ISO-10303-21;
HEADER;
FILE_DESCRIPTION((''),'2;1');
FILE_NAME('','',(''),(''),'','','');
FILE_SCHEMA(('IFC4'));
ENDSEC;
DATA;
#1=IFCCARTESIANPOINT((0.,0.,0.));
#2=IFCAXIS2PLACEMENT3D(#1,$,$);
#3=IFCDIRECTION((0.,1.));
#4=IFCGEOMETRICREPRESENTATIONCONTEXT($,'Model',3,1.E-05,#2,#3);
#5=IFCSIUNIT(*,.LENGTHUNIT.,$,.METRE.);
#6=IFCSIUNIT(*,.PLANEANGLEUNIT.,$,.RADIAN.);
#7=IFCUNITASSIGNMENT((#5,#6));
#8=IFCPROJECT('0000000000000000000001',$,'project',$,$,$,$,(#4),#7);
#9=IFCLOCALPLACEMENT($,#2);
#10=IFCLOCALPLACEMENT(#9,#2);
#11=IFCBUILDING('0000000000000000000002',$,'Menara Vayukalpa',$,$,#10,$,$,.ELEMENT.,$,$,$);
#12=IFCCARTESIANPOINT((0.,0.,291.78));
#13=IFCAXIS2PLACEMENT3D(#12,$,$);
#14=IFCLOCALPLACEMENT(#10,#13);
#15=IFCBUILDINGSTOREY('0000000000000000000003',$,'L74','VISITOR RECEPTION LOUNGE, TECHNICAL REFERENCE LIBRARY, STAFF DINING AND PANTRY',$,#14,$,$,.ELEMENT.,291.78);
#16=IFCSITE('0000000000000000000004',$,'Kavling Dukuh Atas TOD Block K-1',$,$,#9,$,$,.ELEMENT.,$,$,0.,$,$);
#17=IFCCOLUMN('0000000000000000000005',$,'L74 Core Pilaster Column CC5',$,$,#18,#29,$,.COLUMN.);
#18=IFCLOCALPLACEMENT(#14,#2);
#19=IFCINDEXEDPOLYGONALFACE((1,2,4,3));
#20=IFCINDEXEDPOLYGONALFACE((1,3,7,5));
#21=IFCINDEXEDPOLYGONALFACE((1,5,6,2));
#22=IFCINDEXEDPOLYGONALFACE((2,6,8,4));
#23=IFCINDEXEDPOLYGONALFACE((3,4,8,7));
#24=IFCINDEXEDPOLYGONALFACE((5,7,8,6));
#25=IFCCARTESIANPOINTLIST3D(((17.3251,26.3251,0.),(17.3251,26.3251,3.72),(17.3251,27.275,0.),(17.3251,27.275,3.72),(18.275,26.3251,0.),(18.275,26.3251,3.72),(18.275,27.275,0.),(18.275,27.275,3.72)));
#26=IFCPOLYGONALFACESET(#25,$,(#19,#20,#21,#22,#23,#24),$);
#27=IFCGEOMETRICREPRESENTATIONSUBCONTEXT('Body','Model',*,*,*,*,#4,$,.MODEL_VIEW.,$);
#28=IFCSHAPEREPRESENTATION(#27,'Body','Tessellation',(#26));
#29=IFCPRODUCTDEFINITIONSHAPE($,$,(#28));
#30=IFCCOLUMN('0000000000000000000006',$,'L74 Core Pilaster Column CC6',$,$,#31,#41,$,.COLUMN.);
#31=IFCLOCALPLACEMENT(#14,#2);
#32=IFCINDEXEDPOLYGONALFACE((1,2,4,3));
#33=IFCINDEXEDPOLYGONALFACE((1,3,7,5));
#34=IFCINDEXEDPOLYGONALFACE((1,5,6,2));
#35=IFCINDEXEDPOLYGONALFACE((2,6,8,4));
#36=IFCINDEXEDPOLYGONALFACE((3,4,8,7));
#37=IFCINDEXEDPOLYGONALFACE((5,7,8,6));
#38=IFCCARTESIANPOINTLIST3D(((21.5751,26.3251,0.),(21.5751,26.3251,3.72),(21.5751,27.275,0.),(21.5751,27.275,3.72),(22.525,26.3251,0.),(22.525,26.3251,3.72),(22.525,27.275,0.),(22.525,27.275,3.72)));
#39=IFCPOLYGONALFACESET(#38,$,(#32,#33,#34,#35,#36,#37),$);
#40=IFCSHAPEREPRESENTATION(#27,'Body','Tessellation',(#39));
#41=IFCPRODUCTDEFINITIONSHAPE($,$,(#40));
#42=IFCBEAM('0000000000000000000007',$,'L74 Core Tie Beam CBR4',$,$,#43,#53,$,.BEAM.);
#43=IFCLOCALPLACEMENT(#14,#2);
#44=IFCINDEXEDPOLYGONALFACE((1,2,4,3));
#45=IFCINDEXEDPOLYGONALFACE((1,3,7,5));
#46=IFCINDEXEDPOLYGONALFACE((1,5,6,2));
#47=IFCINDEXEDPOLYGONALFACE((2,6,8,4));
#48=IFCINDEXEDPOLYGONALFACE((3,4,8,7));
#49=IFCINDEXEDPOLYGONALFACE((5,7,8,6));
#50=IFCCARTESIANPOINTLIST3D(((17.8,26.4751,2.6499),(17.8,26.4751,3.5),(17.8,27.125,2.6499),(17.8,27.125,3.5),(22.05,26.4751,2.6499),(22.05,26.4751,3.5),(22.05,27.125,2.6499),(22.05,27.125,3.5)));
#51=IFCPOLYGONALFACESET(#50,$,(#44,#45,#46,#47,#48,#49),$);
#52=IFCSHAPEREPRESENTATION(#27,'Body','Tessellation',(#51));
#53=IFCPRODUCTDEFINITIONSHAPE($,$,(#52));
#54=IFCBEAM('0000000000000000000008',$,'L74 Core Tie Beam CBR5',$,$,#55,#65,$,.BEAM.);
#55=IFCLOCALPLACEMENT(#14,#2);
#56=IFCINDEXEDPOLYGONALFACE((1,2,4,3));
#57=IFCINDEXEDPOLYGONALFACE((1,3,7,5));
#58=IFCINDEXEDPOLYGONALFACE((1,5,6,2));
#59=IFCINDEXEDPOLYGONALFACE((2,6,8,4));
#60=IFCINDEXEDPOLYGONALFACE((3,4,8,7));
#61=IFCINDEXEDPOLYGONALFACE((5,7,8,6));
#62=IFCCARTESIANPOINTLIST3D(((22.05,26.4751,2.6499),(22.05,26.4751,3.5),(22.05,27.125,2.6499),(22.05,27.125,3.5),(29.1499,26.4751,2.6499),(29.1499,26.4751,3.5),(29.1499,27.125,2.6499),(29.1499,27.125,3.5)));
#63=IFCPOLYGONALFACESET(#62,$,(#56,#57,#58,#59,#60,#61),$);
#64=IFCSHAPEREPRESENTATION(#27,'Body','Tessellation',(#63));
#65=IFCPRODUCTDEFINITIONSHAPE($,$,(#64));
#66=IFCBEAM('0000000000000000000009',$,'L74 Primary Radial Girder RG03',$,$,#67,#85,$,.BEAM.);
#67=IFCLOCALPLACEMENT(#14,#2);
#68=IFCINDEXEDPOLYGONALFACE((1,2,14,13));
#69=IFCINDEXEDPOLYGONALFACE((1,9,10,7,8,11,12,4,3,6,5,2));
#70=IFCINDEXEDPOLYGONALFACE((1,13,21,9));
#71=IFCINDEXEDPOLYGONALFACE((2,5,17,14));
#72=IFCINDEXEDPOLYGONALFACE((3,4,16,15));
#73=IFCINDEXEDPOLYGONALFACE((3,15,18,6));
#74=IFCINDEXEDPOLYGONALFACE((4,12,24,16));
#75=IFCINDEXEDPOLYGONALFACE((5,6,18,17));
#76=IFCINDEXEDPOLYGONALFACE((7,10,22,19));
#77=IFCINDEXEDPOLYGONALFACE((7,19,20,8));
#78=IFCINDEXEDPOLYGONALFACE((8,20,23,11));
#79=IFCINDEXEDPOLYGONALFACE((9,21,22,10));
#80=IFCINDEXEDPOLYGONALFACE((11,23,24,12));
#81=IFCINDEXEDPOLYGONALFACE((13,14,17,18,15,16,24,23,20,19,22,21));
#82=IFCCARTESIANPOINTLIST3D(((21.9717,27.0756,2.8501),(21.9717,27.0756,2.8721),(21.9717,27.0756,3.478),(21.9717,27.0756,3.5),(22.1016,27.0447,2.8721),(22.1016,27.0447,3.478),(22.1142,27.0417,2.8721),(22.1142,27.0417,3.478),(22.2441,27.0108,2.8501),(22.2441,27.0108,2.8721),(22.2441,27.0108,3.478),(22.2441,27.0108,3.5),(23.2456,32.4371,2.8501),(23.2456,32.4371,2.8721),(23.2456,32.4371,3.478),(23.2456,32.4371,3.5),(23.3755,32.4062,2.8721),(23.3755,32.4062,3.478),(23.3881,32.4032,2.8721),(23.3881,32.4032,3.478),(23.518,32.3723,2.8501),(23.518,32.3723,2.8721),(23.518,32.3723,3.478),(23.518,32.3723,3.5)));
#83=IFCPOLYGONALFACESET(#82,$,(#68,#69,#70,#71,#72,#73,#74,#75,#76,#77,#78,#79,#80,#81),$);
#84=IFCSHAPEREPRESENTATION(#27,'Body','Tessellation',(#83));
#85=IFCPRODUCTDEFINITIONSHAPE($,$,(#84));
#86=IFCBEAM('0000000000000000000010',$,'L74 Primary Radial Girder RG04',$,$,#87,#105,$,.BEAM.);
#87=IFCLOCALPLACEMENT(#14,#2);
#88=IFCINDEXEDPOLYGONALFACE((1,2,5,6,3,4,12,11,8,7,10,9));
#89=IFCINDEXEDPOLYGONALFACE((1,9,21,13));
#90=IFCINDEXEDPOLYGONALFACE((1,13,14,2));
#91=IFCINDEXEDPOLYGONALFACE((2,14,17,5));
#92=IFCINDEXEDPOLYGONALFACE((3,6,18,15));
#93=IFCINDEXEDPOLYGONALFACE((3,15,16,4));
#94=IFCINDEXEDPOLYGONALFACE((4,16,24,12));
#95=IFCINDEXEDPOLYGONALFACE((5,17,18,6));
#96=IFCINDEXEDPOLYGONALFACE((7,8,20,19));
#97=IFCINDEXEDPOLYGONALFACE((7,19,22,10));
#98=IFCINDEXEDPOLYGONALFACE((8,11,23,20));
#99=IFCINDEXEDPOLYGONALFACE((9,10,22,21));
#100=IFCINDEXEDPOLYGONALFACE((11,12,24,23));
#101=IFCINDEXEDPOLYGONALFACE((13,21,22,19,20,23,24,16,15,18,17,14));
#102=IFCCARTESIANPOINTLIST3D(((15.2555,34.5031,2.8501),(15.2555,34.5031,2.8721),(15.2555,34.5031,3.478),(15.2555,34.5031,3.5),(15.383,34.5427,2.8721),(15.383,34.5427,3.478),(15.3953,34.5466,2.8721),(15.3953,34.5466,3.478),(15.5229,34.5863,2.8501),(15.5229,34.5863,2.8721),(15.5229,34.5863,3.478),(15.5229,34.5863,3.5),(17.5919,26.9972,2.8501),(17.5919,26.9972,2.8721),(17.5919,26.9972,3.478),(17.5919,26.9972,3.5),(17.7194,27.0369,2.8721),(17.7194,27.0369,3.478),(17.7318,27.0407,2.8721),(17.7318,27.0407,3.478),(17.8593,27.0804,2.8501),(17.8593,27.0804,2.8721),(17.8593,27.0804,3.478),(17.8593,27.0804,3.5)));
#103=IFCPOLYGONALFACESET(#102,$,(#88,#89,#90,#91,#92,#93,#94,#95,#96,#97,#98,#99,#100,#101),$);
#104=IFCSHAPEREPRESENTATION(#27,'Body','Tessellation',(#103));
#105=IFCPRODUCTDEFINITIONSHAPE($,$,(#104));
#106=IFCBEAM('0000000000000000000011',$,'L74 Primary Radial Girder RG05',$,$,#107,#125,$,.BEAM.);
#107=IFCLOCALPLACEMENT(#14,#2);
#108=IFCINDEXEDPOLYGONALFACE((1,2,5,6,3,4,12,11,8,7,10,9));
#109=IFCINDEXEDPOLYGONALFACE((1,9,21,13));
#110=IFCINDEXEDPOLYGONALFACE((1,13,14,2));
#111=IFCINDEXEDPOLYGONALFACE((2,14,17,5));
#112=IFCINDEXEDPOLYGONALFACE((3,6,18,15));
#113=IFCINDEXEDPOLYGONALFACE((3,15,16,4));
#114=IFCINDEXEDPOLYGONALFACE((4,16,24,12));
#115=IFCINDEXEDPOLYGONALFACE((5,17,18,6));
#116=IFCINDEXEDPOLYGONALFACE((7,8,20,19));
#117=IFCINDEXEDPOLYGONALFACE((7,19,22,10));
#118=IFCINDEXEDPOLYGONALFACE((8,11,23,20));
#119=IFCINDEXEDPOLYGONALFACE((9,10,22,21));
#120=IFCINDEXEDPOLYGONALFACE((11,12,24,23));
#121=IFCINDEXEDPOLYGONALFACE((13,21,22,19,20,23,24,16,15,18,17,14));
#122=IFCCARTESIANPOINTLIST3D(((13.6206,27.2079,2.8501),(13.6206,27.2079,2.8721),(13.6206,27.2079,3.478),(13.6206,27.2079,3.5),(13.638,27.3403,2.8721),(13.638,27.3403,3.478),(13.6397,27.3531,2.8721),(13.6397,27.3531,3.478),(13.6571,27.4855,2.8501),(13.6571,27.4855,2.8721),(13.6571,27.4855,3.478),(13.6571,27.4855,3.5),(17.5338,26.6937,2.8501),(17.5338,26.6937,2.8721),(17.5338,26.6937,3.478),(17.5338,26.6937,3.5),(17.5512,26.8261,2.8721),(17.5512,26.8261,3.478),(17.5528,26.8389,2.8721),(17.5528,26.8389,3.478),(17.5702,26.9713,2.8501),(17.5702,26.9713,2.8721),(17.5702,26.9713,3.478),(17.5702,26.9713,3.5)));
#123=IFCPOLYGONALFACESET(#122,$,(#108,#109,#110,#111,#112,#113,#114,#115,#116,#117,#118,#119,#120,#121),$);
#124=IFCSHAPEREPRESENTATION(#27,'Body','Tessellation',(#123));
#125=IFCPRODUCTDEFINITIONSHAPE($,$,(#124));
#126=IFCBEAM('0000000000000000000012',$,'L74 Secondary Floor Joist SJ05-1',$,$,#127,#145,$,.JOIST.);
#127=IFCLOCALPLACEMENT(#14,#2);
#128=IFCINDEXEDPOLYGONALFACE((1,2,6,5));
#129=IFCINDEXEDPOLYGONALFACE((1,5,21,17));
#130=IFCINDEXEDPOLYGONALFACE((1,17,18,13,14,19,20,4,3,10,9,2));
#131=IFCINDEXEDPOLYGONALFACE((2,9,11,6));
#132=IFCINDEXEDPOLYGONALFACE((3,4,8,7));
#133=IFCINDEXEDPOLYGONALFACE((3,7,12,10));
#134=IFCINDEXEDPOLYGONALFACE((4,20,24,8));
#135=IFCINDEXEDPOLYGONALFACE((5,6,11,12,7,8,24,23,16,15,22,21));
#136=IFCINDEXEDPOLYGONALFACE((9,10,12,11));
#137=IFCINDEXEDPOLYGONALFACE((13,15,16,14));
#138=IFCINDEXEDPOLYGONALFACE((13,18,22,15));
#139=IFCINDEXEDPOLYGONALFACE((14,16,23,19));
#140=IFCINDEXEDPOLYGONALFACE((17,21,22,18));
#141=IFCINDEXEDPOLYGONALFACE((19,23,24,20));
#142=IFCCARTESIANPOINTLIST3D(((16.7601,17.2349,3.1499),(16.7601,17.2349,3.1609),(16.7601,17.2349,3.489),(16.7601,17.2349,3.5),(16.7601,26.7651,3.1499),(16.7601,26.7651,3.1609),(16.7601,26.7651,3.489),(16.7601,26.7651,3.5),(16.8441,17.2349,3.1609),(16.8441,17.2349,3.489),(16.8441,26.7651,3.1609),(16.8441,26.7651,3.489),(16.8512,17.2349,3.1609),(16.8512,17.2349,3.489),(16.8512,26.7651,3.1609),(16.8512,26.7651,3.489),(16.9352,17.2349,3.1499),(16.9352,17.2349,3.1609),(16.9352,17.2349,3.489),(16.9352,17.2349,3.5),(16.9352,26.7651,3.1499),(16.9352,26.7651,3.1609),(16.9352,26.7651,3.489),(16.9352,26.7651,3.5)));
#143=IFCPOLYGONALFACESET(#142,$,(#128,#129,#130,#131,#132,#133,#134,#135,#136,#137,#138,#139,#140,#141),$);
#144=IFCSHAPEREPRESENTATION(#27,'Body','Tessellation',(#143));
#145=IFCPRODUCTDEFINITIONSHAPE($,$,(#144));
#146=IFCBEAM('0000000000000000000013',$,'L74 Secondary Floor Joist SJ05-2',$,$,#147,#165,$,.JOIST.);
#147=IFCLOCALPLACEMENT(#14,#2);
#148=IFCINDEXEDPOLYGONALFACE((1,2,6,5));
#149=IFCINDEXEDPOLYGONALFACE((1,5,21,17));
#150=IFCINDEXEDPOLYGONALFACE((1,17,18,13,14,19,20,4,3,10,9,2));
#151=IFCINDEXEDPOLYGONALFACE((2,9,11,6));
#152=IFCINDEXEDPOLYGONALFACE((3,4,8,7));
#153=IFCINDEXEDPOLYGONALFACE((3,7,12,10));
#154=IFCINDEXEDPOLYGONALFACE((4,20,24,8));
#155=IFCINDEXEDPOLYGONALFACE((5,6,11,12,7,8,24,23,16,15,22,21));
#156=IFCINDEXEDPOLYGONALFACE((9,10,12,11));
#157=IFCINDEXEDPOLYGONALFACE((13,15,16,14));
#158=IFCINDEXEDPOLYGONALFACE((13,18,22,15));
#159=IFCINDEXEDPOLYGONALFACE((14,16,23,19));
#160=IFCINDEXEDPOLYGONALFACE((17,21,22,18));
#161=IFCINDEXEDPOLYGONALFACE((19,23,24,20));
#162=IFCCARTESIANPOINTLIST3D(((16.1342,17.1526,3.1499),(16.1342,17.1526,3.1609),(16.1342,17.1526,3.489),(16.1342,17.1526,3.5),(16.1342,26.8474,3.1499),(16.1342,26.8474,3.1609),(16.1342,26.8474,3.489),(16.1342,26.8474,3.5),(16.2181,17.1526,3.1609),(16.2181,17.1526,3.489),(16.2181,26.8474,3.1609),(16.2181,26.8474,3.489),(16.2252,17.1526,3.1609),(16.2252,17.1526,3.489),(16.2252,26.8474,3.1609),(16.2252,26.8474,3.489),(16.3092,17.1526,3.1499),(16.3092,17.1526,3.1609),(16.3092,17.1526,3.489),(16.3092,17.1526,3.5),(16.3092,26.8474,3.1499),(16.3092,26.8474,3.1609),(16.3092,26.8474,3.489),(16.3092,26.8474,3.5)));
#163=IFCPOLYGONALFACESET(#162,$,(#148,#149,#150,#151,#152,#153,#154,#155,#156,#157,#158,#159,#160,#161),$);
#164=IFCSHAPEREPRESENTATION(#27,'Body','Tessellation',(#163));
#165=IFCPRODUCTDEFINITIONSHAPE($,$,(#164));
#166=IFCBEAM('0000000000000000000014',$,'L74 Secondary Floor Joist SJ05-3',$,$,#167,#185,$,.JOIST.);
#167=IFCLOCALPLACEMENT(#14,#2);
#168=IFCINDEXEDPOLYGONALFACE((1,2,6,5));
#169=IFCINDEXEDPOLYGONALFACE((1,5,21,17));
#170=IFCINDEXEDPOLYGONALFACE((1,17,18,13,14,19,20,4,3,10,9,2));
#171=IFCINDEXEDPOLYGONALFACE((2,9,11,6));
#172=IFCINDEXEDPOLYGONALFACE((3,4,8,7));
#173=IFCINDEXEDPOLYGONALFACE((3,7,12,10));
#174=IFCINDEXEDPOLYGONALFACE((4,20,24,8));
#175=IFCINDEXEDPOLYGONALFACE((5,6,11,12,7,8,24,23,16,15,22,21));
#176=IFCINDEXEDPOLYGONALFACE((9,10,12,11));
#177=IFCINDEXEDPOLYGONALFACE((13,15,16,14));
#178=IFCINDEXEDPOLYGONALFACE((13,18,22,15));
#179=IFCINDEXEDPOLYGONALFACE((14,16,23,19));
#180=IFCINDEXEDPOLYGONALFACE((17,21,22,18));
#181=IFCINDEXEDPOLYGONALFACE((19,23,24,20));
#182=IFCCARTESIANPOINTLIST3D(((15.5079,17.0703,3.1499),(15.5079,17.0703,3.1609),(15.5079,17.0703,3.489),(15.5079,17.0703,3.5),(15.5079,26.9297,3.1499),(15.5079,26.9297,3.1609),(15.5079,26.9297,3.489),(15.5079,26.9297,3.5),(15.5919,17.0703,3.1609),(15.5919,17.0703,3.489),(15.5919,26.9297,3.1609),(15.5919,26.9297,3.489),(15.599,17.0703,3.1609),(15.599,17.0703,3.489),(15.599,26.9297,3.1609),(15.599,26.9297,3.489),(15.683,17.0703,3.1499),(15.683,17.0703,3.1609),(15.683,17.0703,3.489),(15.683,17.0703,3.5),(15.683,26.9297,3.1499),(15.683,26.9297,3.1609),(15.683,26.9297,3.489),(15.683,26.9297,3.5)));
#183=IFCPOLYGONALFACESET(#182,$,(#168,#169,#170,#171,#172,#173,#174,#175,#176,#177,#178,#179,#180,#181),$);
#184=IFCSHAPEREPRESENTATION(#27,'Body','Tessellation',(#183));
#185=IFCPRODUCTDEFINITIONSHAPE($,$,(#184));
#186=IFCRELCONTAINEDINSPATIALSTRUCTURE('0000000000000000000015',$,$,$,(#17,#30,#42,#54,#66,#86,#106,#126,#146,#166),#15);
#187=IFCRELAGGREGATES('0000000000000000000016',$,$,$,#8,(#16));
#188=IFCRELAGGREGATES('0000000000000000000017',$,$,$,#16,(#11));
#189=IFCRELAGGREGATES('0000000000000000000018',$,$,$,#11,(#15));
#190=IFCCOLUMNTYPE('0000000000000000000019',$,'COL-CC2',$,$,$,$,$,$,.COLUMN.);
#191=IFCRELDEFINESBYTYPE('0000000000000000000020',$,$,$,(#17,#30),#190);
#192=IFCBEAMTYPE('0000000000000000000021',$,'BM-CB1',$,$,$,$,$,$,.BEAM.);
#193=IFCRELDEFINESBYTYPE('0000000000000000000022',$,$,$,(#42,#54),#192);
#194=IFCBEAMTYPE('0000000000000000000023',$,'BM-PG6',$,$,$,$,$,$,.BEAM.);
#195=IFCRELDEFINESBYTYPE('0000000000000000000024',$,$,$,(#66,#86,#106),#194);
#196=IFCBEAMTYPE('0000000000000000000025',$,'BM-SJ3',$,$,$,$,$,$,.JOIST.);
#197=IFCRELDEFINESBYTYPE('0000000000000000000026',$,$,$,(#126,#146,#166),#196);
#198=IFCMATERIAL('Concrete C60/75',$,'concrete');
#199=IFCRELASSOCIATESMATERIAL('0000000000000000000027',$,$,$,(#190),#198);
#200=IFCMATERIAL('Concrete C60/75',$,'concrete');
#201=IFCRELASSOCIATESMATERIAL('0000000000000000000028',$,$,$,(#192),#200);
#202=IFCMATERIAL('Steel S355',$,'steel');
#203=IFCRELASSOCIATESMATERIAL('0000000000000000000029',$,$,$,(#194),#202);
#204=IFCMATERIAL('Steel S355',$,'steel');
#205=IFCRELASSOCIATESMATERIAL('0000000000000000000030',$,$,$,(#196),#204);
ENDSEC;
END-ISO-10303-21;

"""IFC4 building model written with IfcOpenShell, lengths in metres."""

from ifc_helpers import new_model, si_unit, direction, frame, origin, origin_2d, place, context, subcontext, project, spatial, rectangle, i_section, extrude, material, material_profile, profile_set, type_object, element, save


model = new_model("IFC4")

# Units and contexts
model_context = context("Model", 3, precision=1e-05, world=origin(), true_north=direction((0.0, 1.0)))
body_context = subcontext(model_context, "Body", "Model", "MODEL_VIEW")
ifc_project = project(units=[si_unit("LENGTHUNIT", "METRE"), si_unit("PLANEANGLEUNIT", "RADIAN")], contexts=[model_context])

# Site, building, storey
site_placement = place(None, origin())
site = spatial("IfcSite", under=ifc_project, at=site_placement, Name="Kavling Dukuh Atas TOD Block K-1", CompositionType="ELEMENT", RefElevation=0.0)
building_placement = place(site_placement, origin())
building = spatial("IfcBuilding", under=site, at=building_placement, Name="Menara Vayukalpa", CompositionType="ELEMENT")
storey_placement = place(building_placement, frame((0.0, 0.0, 291.78)))
storey = spatial("IfcBuildingStorey", under=building, at=storey_placement, Name="L74", Description="VISITOR RECEPTION LOUNGE, TECHNICAL REFERENCE LIBRARY, STAFF DINING AND PANTRY", CompositionType="ELEMENT", Elevation=291.78)

# Columns
ifc_material_1 = material(Name="Concrete C60/75", Category="concrete")
ifc_material_profile_1 = material_profile(ifc_material_1, rectangle(XDim=0.95, YDim=0.95, at=origin_2d()), Name="RC 950x950")
ifc_profile_set_1 = profile_set([ifc_material_profile_1], Name="Concrete C60/75")
column_type = type_object("IfcColumnType", Name="COL-CC2", PredefinedType="COLUMN", material=ifc_profile_set_1)
for number, where, z_axis, x_axis, name in (
    (1, (17.8, 26.8, 0.0), (0.0, 0.0, 1.0), (1.0, 0.0, 0.0), "L74 Core Pilaster Column CC5"),
    (2, (22.05, 26.8, 0.0), (0.0, 0.0, 1.0), (1.0, 0.0, 0.0), "L74 Core Pilaster Column CC6"),
):
    element("IfcColumn", number, at=place(storey_placement, frame(where, z_axis=z_axis, x_axis=x_axis)), inside=storey, type_object=column_type, Name=name, PredefinedType="COLUMN", context=body_context, shape_type="SweptSolid", body=[
        extrude(rectangle(XDim=0.95, YDim=0.95, at=origin_2d()), origin(), (0.0, 0.0, 1.0), 3.72),
    ])

# Beams
ifc_material_2 = material(Name="Concrete C60/75", Category="concrete")
ifc_material_profile_2 = material_profile(ifc_material_2, rectangle(XDim=0.6499, YDim=0.8501, at=origin_2d()), Name="RC 650x850")
ifc_profile_set_2 = profile_set([ifc_material_profile_2], Name="Concrete C60/75")
beam_type_1 = type_object("IfcBeamType", Name="BM-CB1", PredefinedType="BEAM", material=ifc_profile_set_2)
beam_1_placement = place(storey_placement, frame((17.8, 26.8, 3.075), z_axis=(1.0, 0.0, 0.0), x_axis=(0.0, 1.0, 0.0)))
element("IfcBeam", 3, at=beam_1_placement, inside=storey, type_object=beam_type_1, Name="L74 Core Tie Beam CBR4", PredefinedType="BEAM", context=body_context, shape_type="SweptSolid", body=[
    extrude(rectangle(XDim=0.6499, YDim=0.8501, at=origin_2d()), origin(), (0.0, 0.0, 1.0), 4.25),
])
beam_2_placement = place(storey_placement, frame((22.05, 26.8, 3.075), z_axis=(1.0, 0.0, 0.0), x_axis=(0.0, 1.0, 0.0)))
element("IfcBeam", 4, at=beam_2_placement, inside=storey, type_object=beam_type_1, Name="L74 Core Tie Beam CBR5", PredefinedType="BEAM", context=body_context, shape_type="SweptSolid", body=[
    extrude(rectangle(XDim=0.6499, YDim=0.8501, at=origin_2d()), origin(), (0.0, 0.0, 1.0), 7.0999),
])
ifc_material_3 = material(Name="Steel S355", Category="steel")
ifc_material_profile_3 = material_profile(ifc_material_3, i_section(OverallWidth=0.28, OverallDepth=0.6499, WebThickness=0.0129, FlangeThickness=0.022, at=origin_2d()), Name="WF 650x280x13x22")
ifc_profile_set_3 = profile_set([ifc_material_profile_3], Name="Steel S355")
beam_type_2 = type_object("IfcBeamType", Name="BM-PG6", PredefinedType="BEAM", material=ifc_profile_set_3)
beam_3_placement = place(storey_placement, frame((22.1079, 27.0432, 3.175), z_axis=(0.231167, 0.972914, 0.0), x_axis=(-0.972914, 0.231167, 0.0)))
element("IfcBeam", 5, at=beam_3_placement, inside=storey, type_object=beam_type_2, Name="L74 Primary Radial Girder RG03", PredefinedType="BEAM", context=body_context, shape_type="SweptSolid", body=[
    extrude(i_section(OverallWidth=0.28, OverallDepth=0.6499, WebThickness=0.0129, FlangeThickness=0.022, at=origin_2d()), origin(), (0.0, 0.0, 1.0), 5.5107),
])
beam_4_placement = place(storey_placement, frame((17.7256, 27.0388, 3.175), z_axis=(-0.297214, 0.954811, 0.0), x_axis=(-0.954811, -0.297214, 0.0)))
element("IfcBeam", 6, at=beam_4_placement, inside=storey, type_object=beam_type_2, Name="L74 Primary Radial Girder RG04", PredefinedType="BEAM", context=body_context, shape_type="SweptSolid", body=[
    extrude(i_section(OverallWidth=0.28, OverallDepth=0.6499, WebThickness=0.0129, FlangeThickness=0.022, at=origin_2d()), origin(), (0.0, 0.0, 1.0), 7.8611),
])
beam_5_placement = place(storey_placement, frame((17.552, 26.8325, 3.175), z_axis=(-0.991478, 0.130275, 0.0), x_axis=(-0.130275, -0.991478, 0.0)))
element("IfcBeam", 7, at=beam_5_placement, inside=storey, type_object=beam_type_2, Name="L74 Primary Radial Girder RG05", PredefinedType="BEAM", context=body_context, shape_type="SweptSolid", body=[
    extrude(i_section(OverallWidth=0.28, OverallDepth=0.6499, WebThickness=0.0129, FlangeThickness=0.022, at=origin_2d()), origin(), (0.0, 0.0, 1.0), 3.9468),
])
ifc_material_4 = material(Name="Steel S355", Category="steel")
ifc_material_profile_4 = material_profile(ifc_material_4, i_section(OverallWidth=0.175, OverallDepth=0.3501, WebThickness=0.0071, FlangeThickness=0.011, at=origin_2d()), Name="WF 350x175x7x11")
ifc_profile_set_4 = profile_set([ifc_material_profile_4], Name="Steel S355")
beam_type_3 = type_object("IfcBeamType", Name="BM-SJ3", PredefinedType="JOIST", material=ifc_profile_set_4)
beam_6_placement = place(storey_placement, frame((16.8477, 26.7651, 3.325), z_axis=(0.0, -1.0, 0.0), x_axis=(1.0, 0.0, 0.0)))
element("IfcBeam", 8, at=beam_6_placement, inside=storey, type_object=beam_type_3, Name="L74 Secondary Floor Joist SJ05-1", PredefinedType="JOIST", context=body_context, shape_type="SweptSolid", body=[
    extrude(i_section(OverallWidth=0.175, OverallDepth=0.3501, WebThickness=0.0071, FlangeThickness=0.011, at=origin_2d()), origin(), (0.0, 0.0, 1.0), 9.5303),
])
beam_7_placement = place(storey_placement, frame((16.2217, 26.8474, 3.325), z_axis=(0.0, -1.0, 0.0), x_axis=(1.0, 0.0, 0.0)))
element("IfcBeam", 9, at=beam_7_placement, inside=storey, type_object=beam_type_3, Name="L74 Secondary Floor Joist SJ05-2", PredefinedType="JOIST", context=body_context, shape_type="SweptSolid", body=[
    extrude(i_section(OverallWidth=0.175, OverallDepth=0.3501, WebThickness=0.0071, FlangeThickness=0.011, at=origin_2d()), origin(), (0.0, 0.0, 1.0), 9.6948),
])
beam_8_placement = place(storey_placement, frame((15.5955, 26.9297, 3.325), z_axis=(0.0, -1.0, 0.0), x_axis=(1.0, 0.0, 0.0)))
element("IfcBeam", 10, at=beam_8_placement, inside=storey, type_object=beam_type_3, Name="L74 Secondary Floor Joist SJ05-3", PredefinedType="JOIST", context=body_context, shape_type="SweptSolid", body=[
    extrude(i_section(OverallWidth=0.175, OverallDepth=0.3501, WebThickness=0.0071, FlangeThickness=0.011, at=origin_2d()), origin(), (0.0, 0.0, 1.0), 9.8594),
])

save(model, "model.ifc")
